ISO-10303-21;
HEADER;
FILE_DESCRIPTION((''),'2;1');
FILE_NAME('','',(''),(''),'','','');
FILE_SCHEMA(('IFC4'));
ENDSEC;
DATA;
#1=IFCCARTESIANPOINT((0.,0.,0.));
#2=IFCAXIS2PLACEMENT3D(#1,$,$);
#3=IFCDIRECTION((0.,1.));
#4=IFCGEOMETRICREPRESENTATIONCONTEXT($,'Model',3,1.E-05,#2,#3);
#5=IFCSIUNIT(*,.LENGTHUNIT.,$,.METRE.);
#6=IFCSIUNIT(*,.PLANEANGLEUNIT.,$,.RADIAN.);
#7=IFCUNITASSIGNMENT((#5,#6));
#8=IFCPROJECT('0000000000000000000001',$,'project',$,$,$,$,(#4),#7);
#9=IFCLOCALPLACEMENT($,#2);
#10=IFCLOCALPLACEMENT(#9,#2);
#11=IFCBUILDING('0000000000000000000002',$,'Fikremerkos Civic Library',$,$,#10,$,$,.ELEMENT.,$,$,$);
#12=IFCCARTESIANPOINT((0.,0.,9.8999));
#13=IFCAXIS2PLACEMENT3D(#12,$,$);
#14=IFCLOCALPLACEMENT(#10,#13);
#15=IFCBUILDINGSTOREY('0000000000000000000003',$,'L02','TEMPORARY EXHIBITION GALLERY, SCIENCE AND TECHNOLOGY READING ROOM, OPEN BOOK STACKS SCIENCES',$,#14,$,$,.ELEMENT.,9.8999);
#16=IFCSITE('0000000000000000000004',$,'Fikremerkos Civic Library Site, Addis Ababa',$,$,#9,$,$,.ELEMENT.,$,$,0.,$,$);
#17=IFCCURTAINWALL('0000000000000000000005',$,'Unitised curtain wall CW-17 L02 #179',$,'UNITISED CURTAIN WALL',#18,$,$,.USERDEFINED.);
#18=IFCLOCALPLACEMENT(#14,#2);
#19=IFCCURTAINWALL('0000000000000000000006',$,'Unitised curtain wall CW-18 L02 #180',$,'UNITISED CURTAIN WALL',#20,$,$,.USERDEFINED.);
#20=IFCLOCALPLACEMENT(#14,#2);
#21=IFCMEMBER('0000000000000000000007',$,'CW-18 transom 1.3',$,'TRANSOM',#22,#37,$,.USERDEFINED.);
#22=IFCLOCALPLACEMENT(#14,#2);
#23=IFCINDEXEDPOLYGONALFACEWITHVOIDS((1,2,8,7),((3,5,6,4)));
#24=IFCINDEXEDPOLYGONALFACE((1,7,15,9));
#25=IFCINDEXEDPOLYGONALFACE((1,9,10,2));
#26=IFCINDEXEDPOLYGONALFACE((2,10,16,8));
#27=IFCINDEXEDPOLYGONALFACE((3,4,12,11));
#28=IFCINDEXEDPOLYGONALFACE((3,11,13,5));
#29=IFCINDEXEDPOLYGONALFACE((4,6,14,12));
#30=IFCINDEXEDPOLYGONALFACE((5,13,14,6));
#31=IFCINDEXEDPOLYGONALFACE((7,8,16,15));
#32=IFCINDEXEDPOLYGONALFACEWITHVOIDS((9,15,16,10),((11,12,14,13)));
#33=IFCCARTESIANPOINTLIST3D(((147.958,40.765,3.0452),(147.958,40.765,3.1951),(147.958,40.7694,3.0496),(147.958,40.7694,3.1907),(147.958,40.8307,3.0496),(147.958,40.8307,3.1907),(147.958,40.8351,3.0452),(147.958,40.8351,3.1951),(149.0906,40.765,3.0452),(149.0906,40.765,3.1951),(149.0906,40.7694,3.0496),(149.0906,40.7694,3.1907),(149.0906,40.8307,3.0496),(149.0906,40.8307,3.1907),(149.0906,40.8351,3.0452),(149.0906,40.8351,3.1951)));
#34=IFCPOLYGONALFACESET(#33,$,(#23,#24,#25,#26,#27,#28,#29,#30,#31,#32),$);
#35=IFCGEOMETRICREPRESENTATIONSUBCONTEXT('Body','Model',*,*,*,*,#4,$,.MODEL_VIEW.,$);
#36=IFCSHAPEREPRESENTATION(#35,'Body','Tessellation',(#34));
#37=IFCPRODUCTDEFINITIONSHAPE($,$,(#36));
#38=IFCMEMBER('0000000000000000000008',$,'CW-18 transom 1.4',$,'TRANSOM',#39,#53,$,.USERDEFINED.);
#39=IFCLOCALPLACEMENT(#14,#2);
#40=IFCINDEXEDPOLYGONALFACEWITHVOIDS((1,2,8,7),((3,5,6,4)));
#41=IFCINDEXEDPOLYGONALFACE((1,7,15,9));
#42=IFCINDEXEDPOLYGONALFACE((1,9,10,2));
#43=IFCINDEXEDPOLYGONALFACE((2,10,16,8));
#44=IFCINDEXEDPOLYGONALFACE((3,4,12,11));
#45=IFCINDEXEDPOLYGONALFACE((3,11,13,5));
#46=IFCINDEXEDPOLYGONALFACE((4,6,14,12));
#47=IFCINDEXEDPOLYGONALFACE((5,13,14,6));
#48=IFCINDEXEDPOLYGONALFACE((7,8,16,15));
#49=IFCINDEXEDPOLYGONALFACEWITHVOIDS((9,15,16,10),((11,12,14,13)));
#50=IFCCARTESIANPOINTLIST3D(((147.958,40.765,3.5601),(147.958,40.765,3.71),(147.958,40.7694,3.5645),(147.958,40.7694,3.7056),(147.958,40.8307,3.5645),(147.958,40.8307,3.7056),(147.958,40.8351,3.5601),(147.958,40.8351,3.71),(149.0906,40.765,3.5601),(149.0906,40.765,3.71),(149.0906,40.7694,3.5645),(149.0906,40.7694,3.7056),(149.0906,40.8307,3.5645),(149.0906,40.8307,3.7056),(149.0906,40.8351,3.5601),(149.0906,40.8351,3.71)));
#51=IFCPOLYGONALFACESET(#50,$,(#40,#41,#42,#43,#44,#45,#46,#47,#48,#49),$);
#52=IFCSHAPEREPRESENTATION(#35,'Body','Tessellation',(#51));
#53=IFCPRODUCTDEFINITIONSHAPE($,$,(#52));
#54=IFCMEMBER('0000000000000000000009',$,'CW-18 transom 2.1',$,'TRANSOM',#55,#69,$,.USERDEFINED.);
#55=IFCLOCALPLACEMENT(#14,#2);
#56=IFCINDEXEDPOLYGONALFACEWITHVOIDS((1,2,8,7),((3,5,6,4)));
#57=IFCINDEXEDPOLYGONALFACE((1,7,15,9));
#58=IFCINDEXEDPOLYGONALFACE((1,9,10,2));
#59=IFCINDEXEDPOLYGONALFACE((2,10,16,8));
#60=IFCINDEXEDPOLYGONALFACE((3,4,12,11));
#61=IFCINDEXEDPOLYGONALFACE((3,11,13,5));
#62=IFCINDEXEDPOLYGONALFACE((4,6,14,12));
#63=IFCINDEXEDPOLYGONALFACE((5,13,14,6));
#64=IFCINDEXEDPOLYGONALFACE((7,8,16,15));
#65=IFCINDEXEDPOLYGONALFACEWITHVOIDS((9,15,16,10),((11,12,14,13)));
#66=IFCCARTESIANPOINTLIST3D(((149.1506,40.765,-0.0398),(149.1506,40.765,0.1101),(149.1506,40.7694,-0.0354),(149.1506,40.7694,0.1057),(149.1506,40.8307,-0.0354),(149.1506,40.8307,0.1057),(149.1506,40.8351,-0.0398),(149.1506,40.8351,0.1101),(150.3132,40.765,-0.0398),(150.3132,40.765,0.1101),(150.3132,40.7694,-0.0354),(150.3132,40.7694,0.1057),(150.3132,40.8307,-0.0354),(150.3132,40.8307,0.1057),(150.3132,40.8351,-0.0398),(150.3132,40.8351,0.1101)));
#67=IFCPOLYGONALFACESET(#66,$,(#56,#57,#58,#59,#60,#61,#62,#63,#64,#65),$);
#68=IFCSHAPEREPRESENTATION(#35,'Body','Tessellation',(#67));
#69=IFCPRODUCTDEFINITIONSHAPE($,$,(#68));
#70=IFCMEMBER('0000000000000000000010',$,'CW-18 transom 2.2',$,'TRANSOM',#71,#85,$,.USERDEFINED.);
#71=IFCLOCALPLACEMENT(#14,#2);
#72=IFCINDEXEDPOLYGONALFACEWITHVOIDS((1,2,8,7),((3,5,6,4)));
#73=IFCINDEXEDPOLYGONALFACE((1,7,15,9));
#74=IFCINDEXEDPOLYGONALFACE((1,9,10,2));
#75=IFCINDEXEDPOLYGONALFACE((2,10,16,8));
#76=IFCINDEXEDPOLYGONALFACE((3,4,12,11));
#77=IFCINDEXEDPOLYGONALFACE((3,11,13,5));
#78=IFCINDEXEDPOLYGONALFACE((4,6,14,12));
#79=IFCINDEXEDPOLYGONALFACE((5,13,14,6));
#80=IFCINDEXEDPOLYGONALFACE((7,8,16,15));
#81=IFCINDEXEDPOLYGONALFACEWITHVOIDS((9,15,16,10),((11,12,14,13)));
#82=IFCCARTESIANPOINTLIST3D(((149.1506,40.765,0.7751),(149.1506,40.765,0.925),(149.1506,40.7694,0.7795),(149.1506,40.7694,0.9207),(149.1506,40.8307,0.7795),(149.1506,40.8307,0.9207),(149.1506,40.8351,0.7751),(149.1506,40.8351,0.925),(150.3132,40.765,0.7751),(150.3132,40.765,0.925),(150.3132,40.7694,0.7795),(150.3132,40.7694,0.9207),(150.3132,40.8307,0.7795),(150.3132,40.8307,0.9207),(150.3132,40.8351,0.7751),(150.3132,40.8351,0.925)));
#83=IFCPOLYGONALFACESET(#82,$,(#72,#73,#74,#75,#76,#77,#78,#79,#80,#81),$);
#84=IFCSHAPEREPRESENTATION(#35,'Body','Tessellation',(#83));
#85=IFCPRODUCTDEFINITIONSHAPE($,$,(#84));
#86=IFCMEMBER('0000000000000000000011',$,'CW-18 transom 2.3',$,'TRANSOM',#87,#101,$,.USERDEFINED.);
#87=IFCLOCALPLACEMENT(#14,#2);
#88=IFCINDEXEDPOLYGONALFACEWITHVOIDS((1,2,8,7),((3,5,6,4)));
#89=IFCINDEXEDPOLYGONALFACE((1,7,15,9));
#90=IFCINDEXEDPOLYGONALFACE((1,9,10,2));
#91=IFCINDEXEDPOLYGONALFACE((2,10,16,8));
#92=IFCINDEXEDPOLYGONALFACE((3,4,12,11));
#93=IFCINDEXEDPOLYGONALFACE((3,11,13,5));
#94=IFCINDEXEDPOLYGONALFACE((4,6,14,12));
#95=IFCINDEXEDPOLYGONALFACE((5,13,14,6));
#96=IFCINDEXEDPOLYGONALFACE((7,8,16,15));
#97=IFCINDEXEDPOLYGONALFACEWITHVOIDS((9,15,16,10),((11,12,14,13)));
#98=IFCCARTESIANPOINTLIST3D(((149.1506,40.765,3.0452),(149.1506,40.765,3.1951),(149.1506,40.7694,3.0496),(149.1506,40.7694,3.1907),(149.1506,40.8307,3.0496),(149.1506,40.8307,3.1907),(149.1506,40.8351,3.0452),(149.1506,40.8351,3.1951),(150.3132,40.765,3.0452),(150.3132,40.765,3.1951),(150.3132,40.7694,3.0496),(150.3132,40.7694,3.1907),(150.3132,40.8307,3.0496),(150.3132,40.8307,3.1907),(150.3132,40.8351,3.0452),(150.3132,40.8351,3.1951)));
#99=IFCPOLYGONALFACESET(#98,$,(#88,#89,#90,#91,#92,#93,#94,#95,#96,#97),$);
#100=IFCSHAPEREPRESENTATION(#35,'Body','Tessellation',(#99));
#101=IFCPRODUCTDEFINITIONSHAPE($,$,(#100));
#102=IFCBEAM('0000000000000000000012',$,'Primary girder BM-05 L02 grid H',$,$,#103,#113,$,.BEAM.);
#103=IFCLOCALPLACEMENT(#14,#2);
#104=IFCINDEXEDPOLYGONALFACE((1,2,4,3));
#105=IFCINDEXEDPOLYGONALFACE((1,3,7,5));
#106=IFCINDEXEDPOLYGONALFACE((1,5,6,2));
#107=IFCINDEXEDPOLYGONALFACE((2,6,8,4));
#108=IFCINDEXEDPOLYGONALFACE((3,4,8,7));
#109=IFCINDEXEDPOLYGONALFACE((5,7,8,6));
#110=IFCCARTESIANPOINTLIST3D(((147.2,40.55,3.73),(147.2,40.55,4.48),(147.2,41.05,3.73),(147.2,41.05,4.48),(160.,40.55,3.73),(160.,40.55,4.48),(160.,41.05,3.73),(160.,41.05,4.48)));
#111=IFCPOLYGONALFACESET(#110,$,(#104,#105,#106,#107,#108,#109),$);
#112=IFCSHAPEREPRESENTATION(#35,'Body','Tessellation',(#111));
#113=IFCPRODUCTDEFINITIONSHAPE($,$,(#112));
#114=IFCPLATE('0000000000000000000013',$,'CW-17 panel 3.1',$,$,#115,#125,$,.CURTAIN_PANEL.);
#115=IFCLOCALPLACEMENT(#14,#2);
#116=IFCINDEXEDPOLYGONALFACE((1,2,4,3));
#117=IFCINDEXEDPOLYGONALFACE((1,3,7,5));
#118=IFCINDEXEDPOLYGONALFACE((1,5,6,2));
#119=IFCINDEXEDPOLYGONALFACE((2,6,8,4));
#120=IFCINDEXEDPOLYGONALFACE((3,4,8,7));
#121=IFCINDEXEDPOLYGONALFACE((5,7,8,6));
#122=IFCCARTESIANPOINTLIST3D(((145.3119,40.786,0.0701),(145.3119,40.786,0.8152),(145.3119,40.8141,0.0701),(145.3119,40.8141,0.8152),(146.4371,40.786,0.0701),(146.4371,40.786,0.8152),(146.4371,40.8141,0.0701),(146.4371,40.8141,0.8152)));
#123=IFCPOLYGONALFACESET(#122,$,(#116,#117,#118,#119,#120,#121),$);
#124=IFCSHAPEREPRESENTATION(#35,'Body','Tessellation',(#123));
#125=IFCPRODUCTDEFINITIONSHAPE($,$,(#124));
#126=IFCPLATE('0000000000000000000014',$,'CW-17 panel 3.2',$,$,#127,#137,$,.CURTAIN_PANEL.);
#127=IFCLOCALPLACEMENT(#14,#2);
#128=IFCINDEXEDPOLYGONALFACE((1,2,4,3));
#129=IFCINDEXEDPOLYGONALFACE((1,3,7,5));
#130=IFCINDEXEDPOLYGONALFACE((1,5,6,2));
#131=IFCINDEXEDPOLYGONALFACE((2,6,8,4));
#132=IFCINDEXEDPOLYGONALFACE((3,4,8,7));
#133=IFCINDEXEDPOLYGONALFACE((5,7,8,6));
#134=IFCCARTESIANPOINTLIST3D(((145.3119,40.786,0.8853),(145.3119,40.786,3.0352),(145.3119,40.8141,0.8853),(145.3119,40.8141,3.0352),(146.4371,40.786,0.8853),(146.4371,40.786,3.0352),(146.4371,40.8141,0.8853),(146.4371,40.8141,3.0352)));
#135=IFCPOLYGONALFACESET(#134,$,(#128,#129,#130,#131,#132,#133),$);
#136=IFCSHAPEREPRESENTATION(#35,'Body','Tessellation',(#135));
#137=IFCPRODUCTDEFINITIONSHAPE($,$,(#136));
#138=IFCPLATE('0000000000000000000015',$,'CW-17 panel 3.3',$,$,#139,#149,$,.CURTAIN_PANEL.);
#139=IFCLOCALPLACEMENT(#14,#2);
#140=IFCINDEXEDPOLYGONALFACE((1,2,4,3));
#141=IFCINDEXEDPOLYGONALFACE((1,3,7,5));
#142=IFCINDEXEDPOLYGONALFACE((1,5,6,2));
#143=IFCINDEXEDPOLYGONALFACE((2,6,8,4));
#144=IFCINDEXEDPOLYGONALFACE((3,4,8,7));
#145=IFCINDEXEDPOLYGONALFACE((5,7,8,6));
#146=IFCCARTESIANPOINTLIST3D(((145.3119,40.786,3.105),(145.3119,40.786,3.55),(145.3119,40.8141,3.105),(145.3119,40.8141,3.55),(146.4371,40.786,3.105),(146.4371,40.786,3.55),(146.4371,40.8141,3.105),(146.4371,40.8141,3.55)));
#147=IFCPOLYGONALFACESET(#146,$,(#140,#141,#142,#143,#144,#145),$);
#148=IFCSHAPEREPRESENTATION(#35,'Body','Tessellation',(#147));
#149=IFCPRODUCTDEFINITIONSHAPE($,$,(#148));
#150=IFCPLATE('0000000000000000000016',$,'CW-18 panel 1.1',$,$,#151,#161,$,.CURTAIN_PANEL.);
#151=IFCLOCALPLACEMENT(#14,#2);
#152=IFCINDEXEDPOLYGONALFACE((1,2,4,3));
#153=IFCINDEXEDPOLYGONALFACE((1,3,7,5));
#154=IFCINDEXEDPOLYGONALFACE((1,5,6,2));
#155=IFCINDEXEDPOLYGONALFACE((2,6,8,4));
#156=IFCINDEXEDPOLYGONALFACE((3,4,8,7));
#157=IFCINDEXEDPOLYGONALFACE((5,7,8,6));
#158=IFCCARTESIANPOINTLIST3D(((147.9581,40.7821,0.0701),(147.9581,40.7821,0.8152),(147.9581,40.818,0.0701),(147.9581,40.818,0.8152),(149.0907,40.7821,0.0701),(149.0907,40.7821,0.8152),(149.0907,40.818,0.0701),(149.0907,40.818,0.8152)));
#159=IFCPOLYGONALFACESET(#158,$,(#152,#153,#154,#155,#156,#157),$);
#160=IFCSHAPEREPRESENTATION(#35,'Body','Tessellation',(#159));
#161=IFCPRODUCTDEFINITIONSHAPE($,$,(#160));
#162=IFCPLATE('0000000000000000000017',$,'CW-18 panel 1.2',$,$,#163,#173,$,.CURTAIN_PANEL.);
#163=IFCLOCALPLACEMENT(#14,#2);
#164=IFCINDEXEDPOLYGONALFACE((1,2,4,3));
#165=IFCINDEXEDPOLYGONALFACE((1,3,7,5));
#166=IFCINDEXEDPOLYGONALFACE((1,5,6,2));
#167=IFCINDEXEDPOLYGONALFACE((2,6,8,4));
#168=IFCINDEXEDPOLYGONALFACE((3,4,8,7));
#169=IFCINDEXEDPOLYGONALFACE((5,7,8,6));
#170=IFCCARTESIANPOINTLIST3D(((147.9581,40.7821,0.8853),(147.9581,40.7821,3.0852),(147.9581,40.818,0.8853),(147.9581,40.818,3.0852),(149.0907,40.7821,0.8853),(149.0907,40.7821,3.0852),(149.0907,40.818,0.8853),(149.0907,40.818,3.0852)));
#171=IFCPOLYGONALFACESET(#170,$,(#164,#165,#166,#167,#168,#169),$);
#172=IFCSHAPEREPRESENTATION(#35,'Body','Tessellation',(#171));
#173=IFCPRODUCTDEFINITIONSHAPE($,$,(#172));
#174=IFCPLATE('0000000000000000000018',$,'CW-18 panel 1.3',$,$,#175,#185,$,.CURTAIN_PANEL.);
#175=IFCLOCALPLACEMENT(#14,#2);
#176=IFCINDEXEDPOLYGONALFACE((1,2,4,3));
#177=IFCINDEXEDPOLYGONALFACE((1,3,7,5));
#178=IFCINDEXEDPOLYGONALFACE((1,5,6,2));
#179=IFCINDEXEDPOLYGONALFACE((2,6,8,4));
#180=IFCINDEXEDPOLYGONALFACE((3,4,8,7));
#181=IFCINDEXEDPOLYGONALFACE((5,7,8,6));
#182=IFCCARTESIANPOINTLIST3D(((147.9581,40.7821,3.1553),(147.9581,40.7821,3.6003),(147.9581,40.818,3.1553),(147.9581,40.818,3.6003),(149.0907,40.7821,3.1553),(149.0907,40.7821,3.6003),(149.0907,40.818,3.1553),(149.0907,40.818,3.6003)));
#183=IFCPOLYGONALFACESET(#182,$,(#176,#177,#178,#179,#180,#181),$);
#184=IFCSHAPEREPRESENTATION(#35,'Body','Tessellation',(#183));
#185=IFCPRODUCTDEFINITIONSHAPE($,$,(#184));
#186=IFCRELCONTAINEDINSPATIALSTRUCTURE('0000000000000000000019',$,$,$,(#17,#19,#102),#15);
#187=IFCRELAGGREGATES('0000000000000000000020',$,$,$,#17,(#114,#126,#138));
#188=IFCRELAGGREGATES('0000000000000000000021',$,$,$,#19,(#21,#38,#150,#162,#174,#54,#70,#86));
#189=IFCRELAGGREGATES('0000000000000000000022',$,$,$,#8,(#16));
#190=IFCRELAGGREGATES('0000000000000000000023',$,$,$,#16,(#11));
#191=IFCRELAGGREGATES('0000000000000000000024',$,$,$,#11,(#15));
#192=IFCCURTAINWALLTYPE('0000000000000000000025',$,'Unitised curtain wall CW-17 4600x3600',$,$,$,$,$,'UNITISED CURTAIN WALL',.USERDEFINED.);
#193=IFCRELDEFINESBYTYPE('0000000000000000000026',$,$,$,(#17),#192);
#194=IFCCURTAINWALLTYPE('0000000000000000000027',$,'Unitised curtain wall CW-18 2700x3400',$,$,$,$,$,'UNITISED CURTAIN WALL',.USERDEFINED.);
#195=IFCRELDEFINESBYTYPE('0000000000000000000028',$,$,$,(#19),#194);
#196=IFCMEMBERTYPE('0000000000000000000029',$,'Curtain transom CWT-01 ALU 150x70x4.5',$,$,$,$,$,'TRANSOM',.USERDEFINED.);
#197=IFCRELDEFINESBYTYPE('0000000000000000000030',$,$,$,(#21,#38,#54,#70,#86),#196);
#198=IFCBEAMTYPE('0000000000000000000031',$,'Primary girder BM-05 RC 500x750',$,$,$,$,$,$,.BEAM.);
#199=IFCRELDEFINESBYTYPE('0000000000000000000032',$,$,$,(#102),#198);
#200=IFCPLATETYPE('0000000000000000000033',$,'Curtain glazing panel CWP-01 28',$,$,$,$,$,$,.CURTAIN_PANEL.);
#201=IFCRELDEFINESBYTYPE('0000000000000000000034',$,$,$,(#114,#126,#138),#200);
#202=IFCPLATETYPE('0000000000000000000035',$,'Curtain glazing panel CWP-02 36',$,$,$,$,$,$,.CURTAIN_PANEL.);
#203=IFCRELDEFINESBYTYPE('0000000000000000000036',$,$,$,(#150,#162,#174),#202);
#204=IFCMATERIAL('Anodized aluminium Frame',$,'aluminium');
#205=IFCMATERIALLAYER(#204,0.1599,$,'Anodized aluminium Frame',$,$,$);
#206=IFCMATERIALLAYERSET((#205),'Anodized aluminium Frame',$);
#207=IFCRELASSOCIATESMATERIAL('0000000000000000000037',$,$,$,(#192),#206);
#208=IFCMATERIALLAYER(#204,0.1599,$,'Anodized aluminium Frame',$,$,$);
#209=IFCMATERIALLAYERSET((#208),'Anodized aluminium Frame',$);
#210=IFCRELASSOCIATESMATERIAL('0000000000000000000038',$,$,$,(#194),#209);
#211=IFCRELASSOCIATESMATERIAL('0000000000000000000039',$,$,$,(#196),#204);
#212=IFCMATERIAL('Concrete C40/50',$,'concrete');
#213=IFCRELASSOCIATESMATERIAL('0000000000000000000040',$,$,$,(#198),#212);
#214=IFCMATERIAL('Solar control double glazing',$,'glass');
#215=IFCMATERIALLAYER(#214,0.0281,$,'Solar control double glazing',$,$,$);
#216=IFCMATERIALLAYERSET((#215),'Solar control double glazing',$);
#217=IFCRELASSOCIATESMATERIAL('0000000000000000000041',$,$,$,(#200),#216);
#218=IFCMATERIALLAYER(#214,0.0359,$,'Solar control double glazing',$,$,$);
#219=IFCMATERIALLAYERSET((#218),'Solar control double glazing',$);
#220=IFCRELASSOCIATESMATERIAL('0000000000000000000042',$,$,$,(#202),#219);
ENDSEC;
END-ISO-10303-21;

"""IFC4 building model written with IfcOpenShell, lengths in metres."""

from ifc_helpers import new_model, si_unit, direction, frame, origin, origin_2d, place, context, subcontext, project, spatial, rectangle, hollow_rectangle, extrude, material, layer, layer_set, material_profile, profile_set, type_object, element, aggregate, save


model = new_model("IFC4")

# Units and contexts
model_context = context("Model", 3, precision=1e-05, world=origin(), true_north=direction((0.0, 1.0)))
body_context = subcontext(model_context, "Body", "Model", "MODEL_VIEW")
ifc_project = project(units=[si_unit("LENGTHUNIT", "METRE"), si_unit("PLANEANGLEUNIT", "RADIAN")], contexts=[model_context])

# Site, building, storey
site_placement = place(None, origin())
site = spatial("IfcSite", under=ifc_project, at=site_placement, Name="Fikremerkos Civic Library Site, Addis Ababa", CompositionType="ELEMENT", RefElevation=0.0)
building_placement = place(site_placement, origin())
building = spatial("IfcBuilding", under=site, at=building_placement, Name="Fikremerkos Civic Library", CompositionType="ELEMENT")
storey_placement = place(building_placement, frame((0.0, 0.0, 9.8999)))
storey = spatial("IfcBuildingStorey", under=building, at=storey_placement, Name="L02", Description="TEMPORARY EXHIBITION GALLERY, SCIENCE AND TECHNOLOGY READING ROOM, OPEN BOOK STACKS SCIENCES", CompositionType="ELEMENT", Elevation=9.8999)

# Shared definitions
ifc_material_1 = material(Name="Concrete C40/50", Category="concrete")

# Curtain walls
ifc_material_2 = material(Name="Anodized aluminium Frame", Category="aluminium")
ifc_layer_1 = layer(ifc_material_2, 0.1599, Name="Anodized aluminium Frame")
ifc_layer_set_1 = layer_set([ifc_layer_1], Name="Anodized aluminium Frame")
curtain_wall_type_1 = type_object("IfcCurtainWallType", Name="Unitised curtain wall CW-17 4600x3600", ElementType="UNITISED CURTAIN WALL", PredefinedType="USERDEFINED", material=ifc_layer_set_1)
curtain_wall_1_placement = place(storey_placement, origin())
curtain_wall_1 = element("IfcCurtainWall", 1, at=curtain_wall_1_placement, inside=storey, type_object=curtain_wall_type_1, Name="Unitised curtain wall CW-17 L02 #179", ObjectType="UNITISED CURTAIN WALL", PredefinedType="USERDEFINED")
ifc_layer_2 = layer(ifc_material_2, 0.1599, Name="Anodized aluminium Frame")
ifc_layer_set_2 = layer_set([ifc_layer_2], Name="Anodized aluminium Frame")
curtain_wall_type_2 = type_object("IfcCurtainWallType", Name="Unitised curtain wall CW-18 2700x3400", ElementType="UNITISED CURTAIN WALL", PredefinedType="USERDEFINED", material=ifc_layer_set_2)
curtain_wall_2_placement = place(storey_placement, origin())
curtain_wall_2 = element("IfcCurtainWall", 2, at=curtain_wall_2_placement, inside=storey, type_object=curtain_wall_type_2, Name="Unitised curtain wall CW-18 L02 #180", ObjectType="UNITISED CURTAIN WALL", PredefinedType="USERDEFINED")

# Members
ifc_material_profile_1 = material_profile(ifc_material_2, hollow_rectangle(XDim=0.0701, YDim=0.1499, WallThickness=0.0044, at=origin_2d()), Name="ALU 150x70x4.5")
ifc_profile_set_1 = profile_set([ifc_material_profile_1], Name="Anodized aluminium Frame")
member_type_1 = type_object("IfcMemberType", Name="Curtain transom CWT-01 ALU 150x70x4.5", ElementType="TRANSOM", PredefinedType="USERDEFINED", material=ifc_profile_set_1)
member_1_placement = place(storey_placement, frame((147.958, 40.8, 3.1201), z_axis=(1.0, 0.0, 0.0), x_axis=(0.0, 1.0, 0.0)))
member_1 = element("IfcMember", 3, at=member_1_placement, type_object=member_type_1, Name="CW-18 transom 1.3", ObjectType="TRANSOM", PredefinedType="USERDEFINED", context=body_context, shape_type="SweptSolid", body=[
    extrude(hollow_rectangle(XDim=0.0701, YDim=0.1499, WallThickness=0.0044, at=origin_2d()), origin(), (0.0, 0.0, 1.0), 1.1326),
])
member_2_placement = place(storey_placement, frame((147.958, 40.8, 3.635), z_axis=(1.0, 0.0, 0.0), x_axis=(0.0, 1.0, 0.0)))
member_2 = element("IfcMember", 4, at=member_2_placement, type_object=member_type_1, Name="CW-18 transom 1.4", ObjectType="TRANSOM", PredefinedType="USERDEFINED", context=body_context, shape_type="SweptSolid", body=[
    extrude(hollow_rectangle(XDim=0.0701, YDim=0.1499, WallThickness=0.0044, at=origin_2d()), origin(), (0.0, 0.0, 1.0), 1.1326),
])
member_3_placement = place(storey_placement, frame((149.1506, 40.8, 0.0352), z_axis=(1.0, 0.0, 0.0), x_axis=(0.0, 1.0, 0.0)))
member_3 = element("IfcMember", 5, at=member_3_placement, type_object=member_type_1, Name="CW-18 transom 2.1", ObjectType="TRANSOM", PredefinedType="USERDEFINED", context=body_context, shape_type="SweptSolid", body=[
    extrude(hollow_rectangle(XDim=0.0701, YDim=0.1499, WallThickness=0.0044, at=origin_2d()), origin(), (0.0, 0.0, 1.0), 1.1626),
])
member_4_placement = place(storey_placement, frame((149.1506, 40.8, 0.8501), z_axis=(1.0, 0.0, 0.0), x_axis=(0.0, 1.0, 0.0)))
member_4 = element("IfcMember", 6, at=member_4_placement, type_object=member_type_1, Name="CW-18 transom 2.2", ObjectType="TRANSOM", PredefinedType="USERDEFINED", context=body_context, shape_type="SweptSolid", body=[
    extrude(hollow_rectangle(XDim=0.0701, YDim=0.1499, WallThickness=0.0044, at=origin_2d()), origin(), (0.0, 0.0, 1.0), 1.1626),
])
member_5_placement = place(storey_placement, frame((149.1506, 40.8, 3.1201), z_axis=(1.0, 0.0, 0.0), x_axis=(0.0, 1.0, 0.0)))
member_5 = element("IfcMember", 7, at=member_5_placement, type_object=member_type_1, Name="CW-18 transom 2.3", ObjectType="TRANSOM", PredefinedType="USERDEFINED", context=body_context, shape_type="SweptSolid", body=[
    extrude(hollow_rectangle(XDim=0.0701, YDim=0.1499, WallThickness=0.0044, at=origin_2d()), origin(), (0.0, 0.0, 1.0), 1.1626),
])

# Beam
ifc_material_profile_2 = material_profile(ifc_material_1, rectangle(XDim=0.5, YDim=0.75, at=origin_2d()), Name="RC 500x750")
ifc_profile_set_2 = profile_set([ifc_material_profile_2], Name="Concrete C40/50")
beam_type = type_object("IfcBeamType", Name="Primary girder BM-05 RC 500x750", PredefinedType="BEAM", material=ifc_profile_set_2)
beam_placement = place(storey_placement, frame((147.2, 40.8, 4.105), z_axis=(1.0, 0.0, 0.0), x_axis=(0.0, 1.0, 0.0)))
element("IfcBeam", 8, at=beam_placement, inside=storey, type_object=beam_type, Name="Primary girder BM-05 L02 grid H", PredefinedType="BEAM", context=body_context, shape_type="SweptSolid", body=[
    extrude(rectangle(XDim=0.5, YDim=0.75, at=origin_2d()), origin(), (0.0, 0.0, 1.0), 12.8),
])

# Plates
ifc_material_3 = material(Name="Solar control double glazing", Category="glass")
ifc_layer_3 = layer(ifc_material_3, 0.0281, Name="Solar control double glazing")
ifc_layer_set_3 = layer_set([ifc_layer_3], Name="Solar control double glazing")
plate_type_1 = type_object("IfcPlateType", Name="Curtain glazing panel CWP-01 28", PredefinedType="CURTAIN_PANEL", material=ifc_layer_set_3)
plate_1_placement = place(storey_placement, frame((145.8745, 40.8, 0.0701), z_axis=(0.0, 0.0, 1.0), x_axis=(1.0, 0.0, 0.0)))
plate_1 = element("IfcPlate", 9, at=plate_1_placement, type_object=plate_type_1, Name="CW-17 panel 3.1", PredefinedType="CURTAIN_PANEL", context=body_context, shape_type="SweptSolid", body=[
    extrude(rectangle(XDim=1.1252, YDim=0.0281, at=origin_2d()), origin(), (0.0, 0.0, 1.0), 0.7451),
])
plate_2_placement = place(storey_placement, frame((145.8745, 40.8, 0.8853), z_axis=(0.0, 0.0, 1.0), x_axis=(1.0, 0.0, 0.0)))
plate_2 = element("IfcPlate", 10, at=plate_2_placement, type_object=plate_type_1, Name="CW-17 panel 3.2", PredefinedType="CURTAIN_PANEL", context=body_context, shape_type="SweptSolid", body=[
    extrude(rectangle(XDim=1.1252, YDim=0.0281, at=origin_2d()), origin(), (0.0, 0.0, 1.0), 2.1499),
])
plate_3_placement = place(storey_placement, frame((145.8745, 40.8, 3.105), z_axis=(0.0, 0.0, 1.0), x_axis=(1.0, 0.0, 0.0)))
plate_3 = element("IfcPlate", 11, at=plate_3_placement, type_object=plate_type_1, Name="CW-17 panel 3.3", PredefinedType="CURTAIN_PANEL", context=body_context, shape_type="SweptSolid", body=[
    extrude(rectangle(XDim=1.1252, YDim=0.0281, at=origin_2d()), origin(), (0.0, 0.0, 1.0), 0.4451),
])
aggregate(curtain_wall_1, [plate_1, plate_2, plate_3])
ifc_layer_4 = layer(ifc_material_3, 0.0359, Name="Solar control double glazing")
ifc_layer_set_4 = layer_set([ifc_layer_4], Name="Solar control double glazing")
plate_type_2 = type_object("IfcPlateType", Name="Curtain glazing panel CWP-02 36", PredefinedType="CURTAIN_PANEL", material=ifc_layer_set_4)
plate_4_placement = place(storey_placement, frame((148.5244, 40.8, 0.0701), z_axis=(0.0, 0.0, 1.0), x_axis=(1.0, 0.0, 0.0)))
plate_4 = element("IfcPlate", 12, at=plate_4_placement, type_object=plate_type_2, Name="CW-18 panel 1.1", PredefinedType="CURTAIN_PANEL", context=body_context, shape_type="SweptSolid", body=[
    extrude(rectangle(XDim=1.1326, YDim=0.0359, at=origin_2d()), origin(), (0.0, 0.0, 1.0), 0.7451),
])
plate_5_placement = place(storey_placement, frame((148.5244, 40.8, 0.8853), z_axis=(0.0, 0.0, 1.0), x_axis=(1.0, 0.0, 0.0)))
plate_5 = element("IfcPlate", 13, at=plate_5_placement, type_object=plate_type_2, Name="CW-18 panel 1.2", PredefinedType="CURTAIN_PANEL", context=body_context, shape_type="SweptSolid", body=[
    extrude(rectangle(XDim=1.1326, YDim=0.0359, at=origin_2d()), origin(), (0.0, 0.0, 1.0), 2.2),
])
plate_6_placement = place(storey_placement, frame((148.5244, 40.8, 3.1553), z_axis=(0.0, 0.0, 1.0), x_axis=(1.0, 0.0, 0.0)))
plate_6 = element("IfcPlate", 14, at=plate_6_placement, type_object=plate_type_2, Name="CW-18 panel 1.3", PredefinedType="CURTAIN_PANEL", context=body_context, shape_type="SweptSolid", body=[
    extrude(rectangle(XDim=1.1326, YDim=0.0359, at=origin_2d()), origin(), (0.0, 0.0, 1.0), 0.4451),
])
aggregate(curtain_wall_2, [member_1, member_2, plate_4, plate_5, plate_6, member_3, member_4, member_5])

save(model, "model.ifc")
